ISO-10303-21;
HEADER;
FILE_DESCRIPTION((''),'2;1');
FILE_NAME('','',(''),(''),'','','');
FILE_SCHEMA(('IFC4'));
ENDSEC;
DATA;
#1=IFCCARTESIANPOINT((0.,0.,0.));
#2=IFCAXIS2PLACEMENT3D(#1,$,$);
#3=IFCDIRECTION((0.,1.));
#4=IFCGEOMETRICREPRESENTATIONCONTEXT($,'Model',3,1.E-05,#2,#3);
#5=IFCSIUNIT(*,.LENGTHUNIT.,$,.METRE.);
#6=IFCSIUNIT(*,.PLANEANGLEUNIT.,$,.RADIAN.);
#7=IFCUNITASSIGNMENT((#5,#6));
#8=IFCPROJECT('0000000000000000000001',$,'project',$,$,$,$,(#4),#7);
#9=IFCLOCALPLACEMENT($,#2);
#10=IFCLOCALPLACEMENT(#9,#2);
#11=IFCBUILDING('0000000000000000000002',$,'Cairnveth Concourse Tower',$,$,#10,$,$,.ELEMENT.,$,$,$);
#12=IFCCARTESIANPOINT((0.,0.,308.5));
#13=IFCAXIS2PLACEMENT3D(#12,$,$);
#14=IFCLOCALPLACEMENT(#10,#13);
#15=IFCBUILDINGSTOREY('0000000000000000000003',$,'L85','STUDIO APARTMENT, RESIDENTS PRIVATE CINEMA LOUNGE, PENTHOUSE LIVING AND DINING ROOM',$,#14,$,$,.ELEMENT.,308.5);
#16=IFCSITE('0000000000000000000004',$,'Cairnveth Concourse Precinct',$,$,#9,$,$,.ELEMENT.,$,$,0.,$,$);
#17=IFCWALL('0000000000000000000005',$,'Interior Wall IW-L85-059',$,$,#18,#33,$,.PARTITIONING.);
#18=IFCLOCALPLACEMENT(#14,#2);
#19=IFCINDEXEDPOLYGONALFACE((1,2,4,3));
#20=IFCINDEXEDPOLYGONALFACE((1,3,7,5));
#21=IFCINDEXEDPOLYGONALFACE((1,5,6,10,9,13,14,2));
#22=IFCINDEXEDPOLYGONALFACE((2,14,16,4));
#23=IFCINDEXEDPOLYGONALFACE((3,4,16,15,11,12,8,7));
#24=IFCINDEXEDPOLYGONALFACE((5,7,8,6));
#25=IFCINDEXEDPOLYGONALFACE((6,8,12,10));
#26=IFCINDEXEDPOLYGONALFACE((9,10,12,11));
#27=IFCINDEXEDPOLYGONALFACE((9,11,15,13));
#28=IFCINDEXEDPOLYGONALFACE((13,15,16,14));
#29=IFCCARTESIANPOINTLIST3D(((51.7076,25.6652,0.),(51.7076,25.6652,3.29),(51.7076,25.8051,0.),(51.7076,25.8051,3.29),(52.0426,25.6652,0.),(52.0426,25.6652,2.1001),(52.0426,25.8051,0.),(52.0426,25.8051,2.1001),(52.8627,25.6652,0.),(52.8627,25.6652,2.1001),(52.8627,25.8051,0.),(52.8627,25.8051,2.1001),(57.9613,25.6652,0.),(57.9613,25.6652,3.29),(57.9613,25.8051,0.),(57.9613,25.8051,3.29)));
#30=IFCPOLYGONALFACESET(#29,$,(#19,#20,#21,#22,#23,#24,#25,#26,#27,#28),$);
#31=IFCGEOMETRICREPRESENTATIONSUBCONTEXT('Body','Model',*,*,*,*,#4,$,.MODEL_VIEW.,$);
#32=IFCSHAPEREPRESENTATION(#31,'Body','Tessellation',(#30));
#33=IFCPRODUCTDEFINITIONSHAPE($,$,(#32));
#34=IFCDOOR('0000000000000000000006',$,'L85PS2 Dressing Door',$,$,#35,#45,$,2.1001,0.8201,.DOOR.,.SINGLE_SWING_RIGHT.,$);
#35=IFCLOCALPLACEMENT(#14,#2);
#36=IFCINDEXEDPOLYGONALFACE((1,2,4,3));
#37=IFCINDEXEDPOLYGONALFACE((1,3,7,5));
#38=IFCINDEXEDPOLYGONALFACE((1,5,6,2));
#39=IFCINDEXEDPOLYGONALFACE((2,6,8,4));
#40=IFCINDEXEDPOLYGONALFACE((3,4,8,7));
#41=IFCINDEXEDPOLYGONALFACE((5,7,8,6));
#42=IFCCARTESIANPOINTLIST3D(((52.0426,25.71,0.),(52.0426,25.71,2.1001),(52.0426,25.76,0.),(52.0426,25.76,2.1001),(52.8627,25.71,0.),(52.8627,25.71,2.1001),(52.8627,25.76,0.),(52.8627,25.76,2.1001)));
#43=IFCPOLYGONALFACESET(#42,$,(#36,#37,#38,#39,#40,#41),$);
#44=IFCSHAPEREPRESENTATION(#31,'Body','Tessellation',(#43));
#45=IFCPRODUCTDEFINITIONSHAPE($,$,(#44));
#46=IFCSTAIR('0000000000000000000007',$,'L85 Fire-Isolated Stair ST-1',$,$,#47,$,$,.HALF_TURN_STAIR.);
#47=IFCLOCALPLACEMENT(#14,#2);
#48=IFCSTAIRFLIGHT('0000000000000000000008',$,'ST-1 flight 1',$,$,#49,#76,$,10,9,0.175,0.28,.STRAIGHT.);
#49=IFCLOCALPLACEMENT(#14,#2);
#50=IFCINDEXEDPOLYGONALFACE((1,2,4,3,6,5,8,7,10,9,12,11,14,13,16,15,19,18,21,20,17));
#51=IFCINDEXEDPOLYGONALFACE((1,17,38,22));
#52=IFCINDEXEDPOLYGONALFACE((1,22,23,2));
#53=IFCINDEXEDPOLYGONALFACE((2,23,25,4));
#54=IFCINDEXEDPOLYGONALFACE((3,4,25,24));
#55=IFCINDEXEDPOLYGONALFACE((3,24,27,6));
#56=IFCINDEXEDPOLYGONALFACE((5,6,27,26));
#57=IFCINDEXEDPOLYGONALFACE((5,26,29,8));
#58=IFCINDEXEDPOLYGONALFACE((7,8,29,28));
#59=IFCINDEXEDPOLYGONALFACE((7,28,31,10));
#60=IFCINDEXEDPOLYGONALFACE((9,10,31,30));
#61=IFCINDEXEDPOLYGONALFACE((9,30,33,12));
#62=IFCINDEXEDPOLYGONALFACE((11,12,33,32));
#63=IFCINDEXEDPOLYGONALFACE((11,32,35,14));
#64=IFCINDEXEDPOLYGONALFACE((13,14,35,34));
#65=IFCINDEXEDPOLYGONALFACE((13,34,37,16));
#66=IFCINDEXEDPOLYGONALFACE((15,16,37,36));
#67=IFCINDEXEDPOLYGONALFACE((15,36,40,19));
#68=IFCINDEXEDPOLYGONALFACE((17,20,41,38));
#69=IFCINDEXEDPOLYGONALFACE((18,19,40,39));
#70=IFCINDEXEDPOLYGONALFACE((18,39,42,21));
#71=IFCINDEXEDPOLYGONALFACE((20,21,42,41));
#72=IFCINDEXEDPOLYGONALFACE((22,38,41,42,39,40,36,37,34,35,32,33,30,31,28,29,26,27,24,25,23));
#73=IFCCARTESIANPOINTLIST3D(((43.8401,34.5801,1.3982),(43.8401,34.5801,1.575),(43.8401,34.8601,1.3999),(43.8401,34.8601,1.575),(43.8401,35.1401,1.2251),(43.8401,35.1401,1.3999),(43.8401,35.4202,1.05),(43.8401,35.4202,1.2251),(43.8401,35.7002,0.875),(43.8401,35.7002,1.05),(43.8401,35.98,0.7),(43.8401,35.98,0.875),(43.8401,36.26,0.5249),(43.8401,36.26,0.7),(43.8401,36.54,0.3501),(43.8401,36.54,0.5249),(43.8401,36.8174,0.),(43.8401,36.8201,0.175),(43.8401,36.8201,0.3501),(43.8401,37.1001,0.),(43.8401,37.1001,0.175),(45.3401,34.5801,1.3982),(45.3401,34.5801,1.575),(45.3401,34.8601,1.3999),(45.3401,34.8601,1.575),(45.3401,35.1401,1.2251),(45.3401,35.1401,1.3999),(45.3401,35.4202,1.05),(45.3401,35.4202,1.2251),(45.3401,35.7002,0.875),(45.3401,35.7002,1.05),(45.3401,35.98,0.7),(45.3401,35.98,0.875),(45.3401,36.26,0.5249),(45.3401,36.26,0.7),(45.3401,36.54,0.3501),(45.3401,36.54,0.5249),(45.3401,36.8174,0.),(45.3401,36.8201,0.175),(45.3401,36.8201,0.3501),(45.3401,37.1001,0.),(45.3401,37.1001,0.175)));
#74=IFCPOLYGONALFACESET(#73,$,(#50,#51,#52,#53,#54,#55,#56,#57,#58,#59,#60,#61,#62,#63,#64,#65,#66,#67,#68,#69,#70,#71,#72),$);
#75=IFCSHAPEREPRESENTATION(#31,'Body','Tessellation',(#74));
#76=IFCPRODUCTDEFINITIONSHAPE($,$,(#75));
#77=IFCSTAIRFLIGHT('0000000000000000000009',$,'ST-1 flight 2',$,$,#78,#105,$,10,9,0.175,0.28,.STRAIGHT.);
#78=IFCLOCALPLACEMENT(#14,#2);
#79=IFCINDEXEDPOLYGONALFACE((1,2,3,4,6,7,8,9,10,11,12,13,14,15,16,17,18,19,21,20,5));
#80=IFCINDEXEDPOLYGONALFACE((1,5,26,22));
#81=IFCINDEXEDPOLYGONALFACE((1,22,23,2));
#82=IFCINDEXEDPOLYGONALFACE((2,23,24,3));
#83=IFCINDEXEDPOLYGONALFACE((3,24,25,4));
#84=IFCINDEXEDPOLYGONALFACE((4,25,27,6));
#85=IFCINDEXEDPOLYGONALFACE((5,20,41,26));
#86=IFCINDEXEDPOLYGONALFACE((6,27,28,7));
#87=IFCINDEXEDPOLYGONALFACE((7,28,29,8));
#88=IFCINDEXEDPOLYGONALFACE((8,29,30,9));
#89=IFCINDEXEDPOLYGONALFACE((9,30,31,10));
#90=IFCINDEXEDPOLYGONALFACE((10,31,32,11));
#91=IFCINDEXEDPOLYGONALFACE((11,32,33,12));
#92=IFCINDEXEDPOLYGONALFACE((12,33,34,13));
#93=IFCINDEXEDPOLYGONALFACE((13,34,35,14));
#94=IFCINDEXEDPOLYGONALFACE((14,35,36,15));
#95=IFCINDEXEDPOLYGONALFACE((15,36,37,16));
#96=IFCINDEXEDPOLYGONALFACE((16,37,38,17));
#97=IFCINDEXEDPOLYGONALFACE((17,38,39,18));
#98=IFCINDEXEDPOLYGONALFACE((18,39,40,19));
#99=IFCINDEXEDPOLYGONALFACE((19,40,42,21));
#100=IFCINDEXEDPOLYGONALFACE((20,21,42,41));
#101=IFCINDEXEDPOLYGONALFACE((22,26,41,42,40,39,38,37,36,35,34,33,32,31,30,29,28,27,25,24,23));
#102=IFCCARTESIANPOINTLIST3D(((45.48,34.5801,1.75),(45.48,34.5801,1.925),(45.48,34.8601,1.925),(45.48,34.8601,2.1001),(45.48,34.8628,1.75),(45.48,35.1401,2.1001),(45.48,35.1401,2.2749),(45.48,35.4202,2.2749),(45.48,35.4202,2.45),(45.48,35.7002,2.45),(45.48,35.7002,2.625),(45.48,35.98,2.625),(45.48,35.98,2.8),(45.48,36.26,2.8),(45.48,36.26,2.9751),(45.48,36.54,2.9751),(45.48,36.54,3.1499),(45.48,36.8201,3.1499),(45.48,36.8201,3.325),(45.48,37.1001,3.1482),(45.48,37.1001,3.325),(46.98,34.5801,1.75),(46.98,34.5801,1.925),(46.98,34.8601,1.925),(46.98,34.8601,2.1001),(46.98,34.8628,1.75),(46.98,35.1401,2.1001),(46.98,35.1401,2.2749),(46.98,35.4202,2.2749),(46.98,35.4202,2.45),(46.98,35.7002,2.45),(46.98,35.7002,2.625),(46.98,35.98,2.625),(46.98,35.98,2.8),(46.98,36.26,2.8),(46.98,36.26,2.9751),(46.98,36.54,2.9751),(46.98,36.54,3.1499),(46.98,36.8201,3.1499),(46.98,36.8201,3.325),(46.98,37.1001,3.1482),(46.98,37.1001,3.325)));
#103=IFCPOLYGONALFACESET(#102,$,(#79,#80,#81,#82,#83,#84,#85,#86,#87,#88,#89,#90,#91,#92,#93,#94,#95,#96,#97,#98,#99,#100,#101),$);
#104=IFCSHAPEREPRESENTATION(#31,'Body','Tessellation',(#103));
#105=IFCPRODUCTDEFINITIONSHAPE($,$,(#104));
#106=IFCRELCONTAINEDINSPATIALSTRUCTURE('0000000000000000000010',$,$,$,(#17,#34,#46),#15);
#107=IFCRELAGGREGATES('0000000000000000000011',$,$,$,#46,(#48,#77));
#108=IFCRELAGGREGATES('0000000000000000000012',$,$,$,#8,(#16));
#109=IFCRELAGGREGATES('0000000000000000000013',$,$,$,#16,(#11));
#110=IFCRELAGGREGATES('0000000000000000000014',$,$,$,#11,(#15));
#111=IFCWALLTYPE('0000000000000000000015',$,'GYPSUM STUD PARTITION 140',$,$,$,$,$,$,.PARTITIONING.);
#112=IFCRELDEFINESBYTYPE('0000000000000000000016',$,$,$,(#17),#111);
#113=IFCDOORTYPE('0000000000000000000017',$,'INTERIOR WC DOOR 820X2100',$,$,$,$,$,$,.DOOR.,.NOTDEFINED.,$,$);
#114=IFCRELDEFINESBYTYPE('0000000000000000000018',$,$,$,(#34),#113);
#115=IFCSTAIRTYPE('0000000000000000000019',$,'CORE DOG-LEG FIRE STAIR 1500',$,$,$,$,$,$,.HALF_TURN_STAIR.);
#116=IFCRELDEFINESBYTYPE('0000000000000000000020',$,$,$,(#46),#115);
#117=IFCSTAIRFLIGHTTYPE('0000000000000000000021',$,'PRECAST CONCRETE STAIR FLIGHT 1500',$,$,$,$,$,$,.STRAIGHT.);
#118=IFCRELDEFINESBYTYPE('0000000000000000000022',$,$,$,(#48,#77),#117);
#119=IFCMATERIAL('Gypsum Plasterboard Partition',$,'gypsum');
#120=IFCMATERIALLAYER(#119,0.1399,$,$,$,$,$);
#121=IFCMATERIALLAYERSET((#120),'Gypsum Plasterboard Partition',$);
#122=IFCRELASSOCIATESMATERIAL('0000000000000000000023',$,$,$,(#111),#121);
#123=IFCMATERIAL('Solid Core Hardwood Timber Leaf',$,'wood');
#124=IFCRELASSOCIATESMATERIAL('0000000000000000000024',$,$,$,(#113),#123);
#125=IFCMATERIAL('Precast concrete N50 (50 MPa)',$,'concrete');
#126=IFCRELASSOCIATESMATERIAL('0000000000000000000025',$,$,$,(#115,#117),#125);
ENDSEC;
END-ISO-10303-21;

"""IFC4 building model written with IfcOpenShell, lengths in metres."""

from ifc_helpers import new_model, si_unit, direction, frame, frame_2d, origin, place, context, subcontext, project, spatial, polyline, rectangle, outline, extrude, material, layer, layer_set, type_object, element, fill, aggregate, save


model = new_model("IFC4")

# Units and contexts
model_context = context("Model", 3, precision=1e-05, world=origin(), true_north=direction((0.0, 1.0)))
body_context = subcontext(model_context, "Body", "Model", "MODEL_VIEW")
ifc_project = project(units=[si_unit("LENGTHUNIT", "METRE"), si_unit("PLANEANGLEUNIT", "RADIAN")], contexts=[model_context])

# Site, building, storey
site_placement = place(None, origin())
site = spatial("IfcSite", under=ifc_project, at=site_placement, Name="Cairnveth Concourse Precinct", CompositionType="ELEMENT", RefElevation=0.0)
building_placement = place(site_placement, origin())
building = spatial("IfcBuilding", under=site, at=building_placement, Name="Cairnveth Concourse Tower", CompositionType="ELEMENT")
storey_placement = place(building_placement, frame((0.0, 0.0, 308.5)))
storey = spatial("IfcBuildingStorey", under=building, at=storey_placement, Name="L85", Description="STUDIO APARTMENT, RESIDENTS PRIVATE CINEMA LOUNGE, PENTHOUSE LIVING AND DINING ROOM", CompositionType="ELEMENT", Elevation=308.5)

# Shared definitions
ifc_material_1 = material(Name="Gypsum Plasterboard Partition", Category="gypsum")

# Shared definitions
ifc_material_2 = material(Name="Solid Core Hardwood Timber Leaf", Category="wood")

# Wall, opening, door
ifc_layer_1 = layer(ifc_material_1, 0.1399)
ifc_layer_set_1 = layer_set([ifc_layer_1], Name="Gypsum Plasterboard Partition")
wall_type_1 = type_object("IfcWallType", Name="GYPSUM STUD PARTITION 140", PredefinedType="PARTITIONING", material=ifc_layer_set_1)
wall_1_placement = place(storey_placement, frame((51.7075, 25.7351, 0.0), z_axis=(0.0, 0.0, 1.0), x_axis=(1.0, 0.0, 0.0)))
wall_1 = element("IfcWall", 1, at=wall_1_placement, inside=storey, type_object=wall_type_1, Name="Interior Wall IW-L85-059", PredefinedType="PARTITIONING", context=body_context, shape_type="SweptSolid", body=[
    extrude(rectangle(XDim=6.2537, YDim=0.1399, at=frame_2d((3.127, 0.0))), origin(), (0.0, 0.0, 1.0), 3.29),
])
opening_1_placement = place(wall_1_placement, frame((0.335, 0.0, 0.0)))
opening_1 = element("IfcOpeningElement", 2, at=opening_1_placement, cuts=wall_1, PredefinedType="OPENING", context=body_context, shape_type="SweptSolid", body=[
    extrude(rectangle(XDim=0.8201, YDim=2.1001, at=frame_2d((0.4102, 1.05))), frame((0.0, 0.0798, 0.0), z_axis=(0.0, -1.0, 0.0), x_axis=(1.0, 0.0, 0.0)), (0.0, 0.0, 1.0), 0.1599),
])
door_type_1 = type_object("IfcDoorType", Name="INTERIOR WC DOOR 820X2100", OperationType="NOTDEFINED", PredefinedType="DOOR", material=ifc_material_2)
door_1_placement = place(opening_1_placement, origin())
door_1 = element("IfcDoor", 3, at=door_1_placement, inside=storey, type_object=door_type_1, Name="L85PS2 Dressing Door", OperationType="SINGLE_SWING_RIGHT", OverallHeight=2.1001, OverallWidth=0.8201, PredefinedType="DOOR", context=body_context, shape_type="SweptSolid", body=[
    extrude(rectangle(XDim=0.8201, YDim=2.1001, at=frame_2d((0.4102, 1.05))), frame((0.0, 0.0249, 0.0), z_axis=(0.0, -1.0, 0.0), x_axis=(1.0, 0.0, 0.0)), (0.0, 0.0, 1.0), 0.05),
])
fill(opening_1, door_1)

# Stair, stair flights
ifc_material_3 = material(Name="Precast concrete N50 (50 MPa)", Category="concrete")
stair_type = type_object("IfcStairType", Name="CORE DOG-LEG FIRE STAIR 1500", PredefinedType="HALF_TURN_STAIR", material=ifc_material_3)
stair_placement = place(storey_placement, origin())
stair = element("IfcStair", 4, at=stair_placement, inside=storey, type_object=stair_type, Name="L85 Fire-Isolated Stair ST-1", PredefinedType="HALF_TURN_STAIR")
stair_flight_type = type_object("IfcStairFlightType", Name="PRECAST CONCRETE STAIR FLIGHT 1500", PredefinedType="STRAIGHT", material=ifc_material_3)
stair_flight_1_placement = place(storey_placement, frame((44.5901, 37.1001, 0.0), z_axis=(0.0, 0.0, 1.0), x_axis=(0.0, -1.0, 0.0)))
stair_flight_1 = element("IfcStairFlight", 5, at=stair_flight_1_placement, type_object=stair_flight_type, Name="ST-1 flight 1", NumberOfRisers=10, NumberOfTreads=9, PredefinedType="STRAIGHT", RiserHeight=0.175, TreadLength=0.28, context=body_context, shape_type="SweptSolid", body=[
    extrude(outline(polyline([(0.0, 0.0), (0.0, 0.175), (0.28, 0.175), (0.28, 0.3501), (0.5601, 0.3501), (0.5601, 0.5249), (0.8401, 0.5249), (0.8401, 0.7), (1.1201, 0.7), (1.1201, 0.875), (1.3999, 0.875), (1.3999, 1.05), (1.6799, 1.05), (1.6799, 1.2251), (1.96, 1.2251), (1.96, 1.3999), (2.24, 1.3999), (2.24, 1.575), (2.52, 1.575), (2.52, 1.75), (2.52, 1.3982), (0.2827, 0.0), (0.0, 0.0)])), frame((0.0, 0.75, 0.0), z_axis=(0.0, -1.0, 0.0), x_axis=(1.0, 0.0, 0.0)), (0.0, 0.0, 1.0), 1.5),
])
stair_flight_2_placement = place(storey_placement, frame((46.23, 34.5801, 1.75), z_axis=(0.0, 0.0, 1.0), x_axis=(0.0, 1.0, 0.0)))
stair_flight_2 = element("IfcStairFlight", 6, at=stair_flight_2_placement, type_object=stair_flight_type, Name="ST-1 flight 2", NumberOfRisers=10, NumberOfTreads=9, PredefinedType="STRAIGHT", RiserHeight=0.175, TreadLength=0.28, context=body_context, shape_type="SweptSolid", body=[
    extrude(outline(polyline([(0.0, 0.0), (0.0, 0.175), (0.28, 0.175), (0.28, 0.3501), (0.5601, 0.3501), (0.5601, 0.5249), (0.8401, 0.5249), (0.8401, 0.7), (1.1201, 0.7), (1.1201, 0.875), (1.3999, 0.875), (1.3999, 1.05), (1.6799, 1.05), (1.6799, 1.2251), (1.96, 1.2251), (1.96, 1.3999), (2.24, 1.3999), (2.24, 1.575), (2.52, 1.575), (2.52, 1.75), (2.52, 1.3982), (0.2827, 0.0), (0.0, 0.0)])), frame((0.0, 0.75, 0.0), z_axis=(0.0, -1.0, 0.0), x_axis=(1.0, 0.0, 0.0)), (0.0, 0.0, 1.0), 1.5),
])
aggregate(stair, [stair_flight_1, stair_flight_2])

save(model, "model.ifc")
